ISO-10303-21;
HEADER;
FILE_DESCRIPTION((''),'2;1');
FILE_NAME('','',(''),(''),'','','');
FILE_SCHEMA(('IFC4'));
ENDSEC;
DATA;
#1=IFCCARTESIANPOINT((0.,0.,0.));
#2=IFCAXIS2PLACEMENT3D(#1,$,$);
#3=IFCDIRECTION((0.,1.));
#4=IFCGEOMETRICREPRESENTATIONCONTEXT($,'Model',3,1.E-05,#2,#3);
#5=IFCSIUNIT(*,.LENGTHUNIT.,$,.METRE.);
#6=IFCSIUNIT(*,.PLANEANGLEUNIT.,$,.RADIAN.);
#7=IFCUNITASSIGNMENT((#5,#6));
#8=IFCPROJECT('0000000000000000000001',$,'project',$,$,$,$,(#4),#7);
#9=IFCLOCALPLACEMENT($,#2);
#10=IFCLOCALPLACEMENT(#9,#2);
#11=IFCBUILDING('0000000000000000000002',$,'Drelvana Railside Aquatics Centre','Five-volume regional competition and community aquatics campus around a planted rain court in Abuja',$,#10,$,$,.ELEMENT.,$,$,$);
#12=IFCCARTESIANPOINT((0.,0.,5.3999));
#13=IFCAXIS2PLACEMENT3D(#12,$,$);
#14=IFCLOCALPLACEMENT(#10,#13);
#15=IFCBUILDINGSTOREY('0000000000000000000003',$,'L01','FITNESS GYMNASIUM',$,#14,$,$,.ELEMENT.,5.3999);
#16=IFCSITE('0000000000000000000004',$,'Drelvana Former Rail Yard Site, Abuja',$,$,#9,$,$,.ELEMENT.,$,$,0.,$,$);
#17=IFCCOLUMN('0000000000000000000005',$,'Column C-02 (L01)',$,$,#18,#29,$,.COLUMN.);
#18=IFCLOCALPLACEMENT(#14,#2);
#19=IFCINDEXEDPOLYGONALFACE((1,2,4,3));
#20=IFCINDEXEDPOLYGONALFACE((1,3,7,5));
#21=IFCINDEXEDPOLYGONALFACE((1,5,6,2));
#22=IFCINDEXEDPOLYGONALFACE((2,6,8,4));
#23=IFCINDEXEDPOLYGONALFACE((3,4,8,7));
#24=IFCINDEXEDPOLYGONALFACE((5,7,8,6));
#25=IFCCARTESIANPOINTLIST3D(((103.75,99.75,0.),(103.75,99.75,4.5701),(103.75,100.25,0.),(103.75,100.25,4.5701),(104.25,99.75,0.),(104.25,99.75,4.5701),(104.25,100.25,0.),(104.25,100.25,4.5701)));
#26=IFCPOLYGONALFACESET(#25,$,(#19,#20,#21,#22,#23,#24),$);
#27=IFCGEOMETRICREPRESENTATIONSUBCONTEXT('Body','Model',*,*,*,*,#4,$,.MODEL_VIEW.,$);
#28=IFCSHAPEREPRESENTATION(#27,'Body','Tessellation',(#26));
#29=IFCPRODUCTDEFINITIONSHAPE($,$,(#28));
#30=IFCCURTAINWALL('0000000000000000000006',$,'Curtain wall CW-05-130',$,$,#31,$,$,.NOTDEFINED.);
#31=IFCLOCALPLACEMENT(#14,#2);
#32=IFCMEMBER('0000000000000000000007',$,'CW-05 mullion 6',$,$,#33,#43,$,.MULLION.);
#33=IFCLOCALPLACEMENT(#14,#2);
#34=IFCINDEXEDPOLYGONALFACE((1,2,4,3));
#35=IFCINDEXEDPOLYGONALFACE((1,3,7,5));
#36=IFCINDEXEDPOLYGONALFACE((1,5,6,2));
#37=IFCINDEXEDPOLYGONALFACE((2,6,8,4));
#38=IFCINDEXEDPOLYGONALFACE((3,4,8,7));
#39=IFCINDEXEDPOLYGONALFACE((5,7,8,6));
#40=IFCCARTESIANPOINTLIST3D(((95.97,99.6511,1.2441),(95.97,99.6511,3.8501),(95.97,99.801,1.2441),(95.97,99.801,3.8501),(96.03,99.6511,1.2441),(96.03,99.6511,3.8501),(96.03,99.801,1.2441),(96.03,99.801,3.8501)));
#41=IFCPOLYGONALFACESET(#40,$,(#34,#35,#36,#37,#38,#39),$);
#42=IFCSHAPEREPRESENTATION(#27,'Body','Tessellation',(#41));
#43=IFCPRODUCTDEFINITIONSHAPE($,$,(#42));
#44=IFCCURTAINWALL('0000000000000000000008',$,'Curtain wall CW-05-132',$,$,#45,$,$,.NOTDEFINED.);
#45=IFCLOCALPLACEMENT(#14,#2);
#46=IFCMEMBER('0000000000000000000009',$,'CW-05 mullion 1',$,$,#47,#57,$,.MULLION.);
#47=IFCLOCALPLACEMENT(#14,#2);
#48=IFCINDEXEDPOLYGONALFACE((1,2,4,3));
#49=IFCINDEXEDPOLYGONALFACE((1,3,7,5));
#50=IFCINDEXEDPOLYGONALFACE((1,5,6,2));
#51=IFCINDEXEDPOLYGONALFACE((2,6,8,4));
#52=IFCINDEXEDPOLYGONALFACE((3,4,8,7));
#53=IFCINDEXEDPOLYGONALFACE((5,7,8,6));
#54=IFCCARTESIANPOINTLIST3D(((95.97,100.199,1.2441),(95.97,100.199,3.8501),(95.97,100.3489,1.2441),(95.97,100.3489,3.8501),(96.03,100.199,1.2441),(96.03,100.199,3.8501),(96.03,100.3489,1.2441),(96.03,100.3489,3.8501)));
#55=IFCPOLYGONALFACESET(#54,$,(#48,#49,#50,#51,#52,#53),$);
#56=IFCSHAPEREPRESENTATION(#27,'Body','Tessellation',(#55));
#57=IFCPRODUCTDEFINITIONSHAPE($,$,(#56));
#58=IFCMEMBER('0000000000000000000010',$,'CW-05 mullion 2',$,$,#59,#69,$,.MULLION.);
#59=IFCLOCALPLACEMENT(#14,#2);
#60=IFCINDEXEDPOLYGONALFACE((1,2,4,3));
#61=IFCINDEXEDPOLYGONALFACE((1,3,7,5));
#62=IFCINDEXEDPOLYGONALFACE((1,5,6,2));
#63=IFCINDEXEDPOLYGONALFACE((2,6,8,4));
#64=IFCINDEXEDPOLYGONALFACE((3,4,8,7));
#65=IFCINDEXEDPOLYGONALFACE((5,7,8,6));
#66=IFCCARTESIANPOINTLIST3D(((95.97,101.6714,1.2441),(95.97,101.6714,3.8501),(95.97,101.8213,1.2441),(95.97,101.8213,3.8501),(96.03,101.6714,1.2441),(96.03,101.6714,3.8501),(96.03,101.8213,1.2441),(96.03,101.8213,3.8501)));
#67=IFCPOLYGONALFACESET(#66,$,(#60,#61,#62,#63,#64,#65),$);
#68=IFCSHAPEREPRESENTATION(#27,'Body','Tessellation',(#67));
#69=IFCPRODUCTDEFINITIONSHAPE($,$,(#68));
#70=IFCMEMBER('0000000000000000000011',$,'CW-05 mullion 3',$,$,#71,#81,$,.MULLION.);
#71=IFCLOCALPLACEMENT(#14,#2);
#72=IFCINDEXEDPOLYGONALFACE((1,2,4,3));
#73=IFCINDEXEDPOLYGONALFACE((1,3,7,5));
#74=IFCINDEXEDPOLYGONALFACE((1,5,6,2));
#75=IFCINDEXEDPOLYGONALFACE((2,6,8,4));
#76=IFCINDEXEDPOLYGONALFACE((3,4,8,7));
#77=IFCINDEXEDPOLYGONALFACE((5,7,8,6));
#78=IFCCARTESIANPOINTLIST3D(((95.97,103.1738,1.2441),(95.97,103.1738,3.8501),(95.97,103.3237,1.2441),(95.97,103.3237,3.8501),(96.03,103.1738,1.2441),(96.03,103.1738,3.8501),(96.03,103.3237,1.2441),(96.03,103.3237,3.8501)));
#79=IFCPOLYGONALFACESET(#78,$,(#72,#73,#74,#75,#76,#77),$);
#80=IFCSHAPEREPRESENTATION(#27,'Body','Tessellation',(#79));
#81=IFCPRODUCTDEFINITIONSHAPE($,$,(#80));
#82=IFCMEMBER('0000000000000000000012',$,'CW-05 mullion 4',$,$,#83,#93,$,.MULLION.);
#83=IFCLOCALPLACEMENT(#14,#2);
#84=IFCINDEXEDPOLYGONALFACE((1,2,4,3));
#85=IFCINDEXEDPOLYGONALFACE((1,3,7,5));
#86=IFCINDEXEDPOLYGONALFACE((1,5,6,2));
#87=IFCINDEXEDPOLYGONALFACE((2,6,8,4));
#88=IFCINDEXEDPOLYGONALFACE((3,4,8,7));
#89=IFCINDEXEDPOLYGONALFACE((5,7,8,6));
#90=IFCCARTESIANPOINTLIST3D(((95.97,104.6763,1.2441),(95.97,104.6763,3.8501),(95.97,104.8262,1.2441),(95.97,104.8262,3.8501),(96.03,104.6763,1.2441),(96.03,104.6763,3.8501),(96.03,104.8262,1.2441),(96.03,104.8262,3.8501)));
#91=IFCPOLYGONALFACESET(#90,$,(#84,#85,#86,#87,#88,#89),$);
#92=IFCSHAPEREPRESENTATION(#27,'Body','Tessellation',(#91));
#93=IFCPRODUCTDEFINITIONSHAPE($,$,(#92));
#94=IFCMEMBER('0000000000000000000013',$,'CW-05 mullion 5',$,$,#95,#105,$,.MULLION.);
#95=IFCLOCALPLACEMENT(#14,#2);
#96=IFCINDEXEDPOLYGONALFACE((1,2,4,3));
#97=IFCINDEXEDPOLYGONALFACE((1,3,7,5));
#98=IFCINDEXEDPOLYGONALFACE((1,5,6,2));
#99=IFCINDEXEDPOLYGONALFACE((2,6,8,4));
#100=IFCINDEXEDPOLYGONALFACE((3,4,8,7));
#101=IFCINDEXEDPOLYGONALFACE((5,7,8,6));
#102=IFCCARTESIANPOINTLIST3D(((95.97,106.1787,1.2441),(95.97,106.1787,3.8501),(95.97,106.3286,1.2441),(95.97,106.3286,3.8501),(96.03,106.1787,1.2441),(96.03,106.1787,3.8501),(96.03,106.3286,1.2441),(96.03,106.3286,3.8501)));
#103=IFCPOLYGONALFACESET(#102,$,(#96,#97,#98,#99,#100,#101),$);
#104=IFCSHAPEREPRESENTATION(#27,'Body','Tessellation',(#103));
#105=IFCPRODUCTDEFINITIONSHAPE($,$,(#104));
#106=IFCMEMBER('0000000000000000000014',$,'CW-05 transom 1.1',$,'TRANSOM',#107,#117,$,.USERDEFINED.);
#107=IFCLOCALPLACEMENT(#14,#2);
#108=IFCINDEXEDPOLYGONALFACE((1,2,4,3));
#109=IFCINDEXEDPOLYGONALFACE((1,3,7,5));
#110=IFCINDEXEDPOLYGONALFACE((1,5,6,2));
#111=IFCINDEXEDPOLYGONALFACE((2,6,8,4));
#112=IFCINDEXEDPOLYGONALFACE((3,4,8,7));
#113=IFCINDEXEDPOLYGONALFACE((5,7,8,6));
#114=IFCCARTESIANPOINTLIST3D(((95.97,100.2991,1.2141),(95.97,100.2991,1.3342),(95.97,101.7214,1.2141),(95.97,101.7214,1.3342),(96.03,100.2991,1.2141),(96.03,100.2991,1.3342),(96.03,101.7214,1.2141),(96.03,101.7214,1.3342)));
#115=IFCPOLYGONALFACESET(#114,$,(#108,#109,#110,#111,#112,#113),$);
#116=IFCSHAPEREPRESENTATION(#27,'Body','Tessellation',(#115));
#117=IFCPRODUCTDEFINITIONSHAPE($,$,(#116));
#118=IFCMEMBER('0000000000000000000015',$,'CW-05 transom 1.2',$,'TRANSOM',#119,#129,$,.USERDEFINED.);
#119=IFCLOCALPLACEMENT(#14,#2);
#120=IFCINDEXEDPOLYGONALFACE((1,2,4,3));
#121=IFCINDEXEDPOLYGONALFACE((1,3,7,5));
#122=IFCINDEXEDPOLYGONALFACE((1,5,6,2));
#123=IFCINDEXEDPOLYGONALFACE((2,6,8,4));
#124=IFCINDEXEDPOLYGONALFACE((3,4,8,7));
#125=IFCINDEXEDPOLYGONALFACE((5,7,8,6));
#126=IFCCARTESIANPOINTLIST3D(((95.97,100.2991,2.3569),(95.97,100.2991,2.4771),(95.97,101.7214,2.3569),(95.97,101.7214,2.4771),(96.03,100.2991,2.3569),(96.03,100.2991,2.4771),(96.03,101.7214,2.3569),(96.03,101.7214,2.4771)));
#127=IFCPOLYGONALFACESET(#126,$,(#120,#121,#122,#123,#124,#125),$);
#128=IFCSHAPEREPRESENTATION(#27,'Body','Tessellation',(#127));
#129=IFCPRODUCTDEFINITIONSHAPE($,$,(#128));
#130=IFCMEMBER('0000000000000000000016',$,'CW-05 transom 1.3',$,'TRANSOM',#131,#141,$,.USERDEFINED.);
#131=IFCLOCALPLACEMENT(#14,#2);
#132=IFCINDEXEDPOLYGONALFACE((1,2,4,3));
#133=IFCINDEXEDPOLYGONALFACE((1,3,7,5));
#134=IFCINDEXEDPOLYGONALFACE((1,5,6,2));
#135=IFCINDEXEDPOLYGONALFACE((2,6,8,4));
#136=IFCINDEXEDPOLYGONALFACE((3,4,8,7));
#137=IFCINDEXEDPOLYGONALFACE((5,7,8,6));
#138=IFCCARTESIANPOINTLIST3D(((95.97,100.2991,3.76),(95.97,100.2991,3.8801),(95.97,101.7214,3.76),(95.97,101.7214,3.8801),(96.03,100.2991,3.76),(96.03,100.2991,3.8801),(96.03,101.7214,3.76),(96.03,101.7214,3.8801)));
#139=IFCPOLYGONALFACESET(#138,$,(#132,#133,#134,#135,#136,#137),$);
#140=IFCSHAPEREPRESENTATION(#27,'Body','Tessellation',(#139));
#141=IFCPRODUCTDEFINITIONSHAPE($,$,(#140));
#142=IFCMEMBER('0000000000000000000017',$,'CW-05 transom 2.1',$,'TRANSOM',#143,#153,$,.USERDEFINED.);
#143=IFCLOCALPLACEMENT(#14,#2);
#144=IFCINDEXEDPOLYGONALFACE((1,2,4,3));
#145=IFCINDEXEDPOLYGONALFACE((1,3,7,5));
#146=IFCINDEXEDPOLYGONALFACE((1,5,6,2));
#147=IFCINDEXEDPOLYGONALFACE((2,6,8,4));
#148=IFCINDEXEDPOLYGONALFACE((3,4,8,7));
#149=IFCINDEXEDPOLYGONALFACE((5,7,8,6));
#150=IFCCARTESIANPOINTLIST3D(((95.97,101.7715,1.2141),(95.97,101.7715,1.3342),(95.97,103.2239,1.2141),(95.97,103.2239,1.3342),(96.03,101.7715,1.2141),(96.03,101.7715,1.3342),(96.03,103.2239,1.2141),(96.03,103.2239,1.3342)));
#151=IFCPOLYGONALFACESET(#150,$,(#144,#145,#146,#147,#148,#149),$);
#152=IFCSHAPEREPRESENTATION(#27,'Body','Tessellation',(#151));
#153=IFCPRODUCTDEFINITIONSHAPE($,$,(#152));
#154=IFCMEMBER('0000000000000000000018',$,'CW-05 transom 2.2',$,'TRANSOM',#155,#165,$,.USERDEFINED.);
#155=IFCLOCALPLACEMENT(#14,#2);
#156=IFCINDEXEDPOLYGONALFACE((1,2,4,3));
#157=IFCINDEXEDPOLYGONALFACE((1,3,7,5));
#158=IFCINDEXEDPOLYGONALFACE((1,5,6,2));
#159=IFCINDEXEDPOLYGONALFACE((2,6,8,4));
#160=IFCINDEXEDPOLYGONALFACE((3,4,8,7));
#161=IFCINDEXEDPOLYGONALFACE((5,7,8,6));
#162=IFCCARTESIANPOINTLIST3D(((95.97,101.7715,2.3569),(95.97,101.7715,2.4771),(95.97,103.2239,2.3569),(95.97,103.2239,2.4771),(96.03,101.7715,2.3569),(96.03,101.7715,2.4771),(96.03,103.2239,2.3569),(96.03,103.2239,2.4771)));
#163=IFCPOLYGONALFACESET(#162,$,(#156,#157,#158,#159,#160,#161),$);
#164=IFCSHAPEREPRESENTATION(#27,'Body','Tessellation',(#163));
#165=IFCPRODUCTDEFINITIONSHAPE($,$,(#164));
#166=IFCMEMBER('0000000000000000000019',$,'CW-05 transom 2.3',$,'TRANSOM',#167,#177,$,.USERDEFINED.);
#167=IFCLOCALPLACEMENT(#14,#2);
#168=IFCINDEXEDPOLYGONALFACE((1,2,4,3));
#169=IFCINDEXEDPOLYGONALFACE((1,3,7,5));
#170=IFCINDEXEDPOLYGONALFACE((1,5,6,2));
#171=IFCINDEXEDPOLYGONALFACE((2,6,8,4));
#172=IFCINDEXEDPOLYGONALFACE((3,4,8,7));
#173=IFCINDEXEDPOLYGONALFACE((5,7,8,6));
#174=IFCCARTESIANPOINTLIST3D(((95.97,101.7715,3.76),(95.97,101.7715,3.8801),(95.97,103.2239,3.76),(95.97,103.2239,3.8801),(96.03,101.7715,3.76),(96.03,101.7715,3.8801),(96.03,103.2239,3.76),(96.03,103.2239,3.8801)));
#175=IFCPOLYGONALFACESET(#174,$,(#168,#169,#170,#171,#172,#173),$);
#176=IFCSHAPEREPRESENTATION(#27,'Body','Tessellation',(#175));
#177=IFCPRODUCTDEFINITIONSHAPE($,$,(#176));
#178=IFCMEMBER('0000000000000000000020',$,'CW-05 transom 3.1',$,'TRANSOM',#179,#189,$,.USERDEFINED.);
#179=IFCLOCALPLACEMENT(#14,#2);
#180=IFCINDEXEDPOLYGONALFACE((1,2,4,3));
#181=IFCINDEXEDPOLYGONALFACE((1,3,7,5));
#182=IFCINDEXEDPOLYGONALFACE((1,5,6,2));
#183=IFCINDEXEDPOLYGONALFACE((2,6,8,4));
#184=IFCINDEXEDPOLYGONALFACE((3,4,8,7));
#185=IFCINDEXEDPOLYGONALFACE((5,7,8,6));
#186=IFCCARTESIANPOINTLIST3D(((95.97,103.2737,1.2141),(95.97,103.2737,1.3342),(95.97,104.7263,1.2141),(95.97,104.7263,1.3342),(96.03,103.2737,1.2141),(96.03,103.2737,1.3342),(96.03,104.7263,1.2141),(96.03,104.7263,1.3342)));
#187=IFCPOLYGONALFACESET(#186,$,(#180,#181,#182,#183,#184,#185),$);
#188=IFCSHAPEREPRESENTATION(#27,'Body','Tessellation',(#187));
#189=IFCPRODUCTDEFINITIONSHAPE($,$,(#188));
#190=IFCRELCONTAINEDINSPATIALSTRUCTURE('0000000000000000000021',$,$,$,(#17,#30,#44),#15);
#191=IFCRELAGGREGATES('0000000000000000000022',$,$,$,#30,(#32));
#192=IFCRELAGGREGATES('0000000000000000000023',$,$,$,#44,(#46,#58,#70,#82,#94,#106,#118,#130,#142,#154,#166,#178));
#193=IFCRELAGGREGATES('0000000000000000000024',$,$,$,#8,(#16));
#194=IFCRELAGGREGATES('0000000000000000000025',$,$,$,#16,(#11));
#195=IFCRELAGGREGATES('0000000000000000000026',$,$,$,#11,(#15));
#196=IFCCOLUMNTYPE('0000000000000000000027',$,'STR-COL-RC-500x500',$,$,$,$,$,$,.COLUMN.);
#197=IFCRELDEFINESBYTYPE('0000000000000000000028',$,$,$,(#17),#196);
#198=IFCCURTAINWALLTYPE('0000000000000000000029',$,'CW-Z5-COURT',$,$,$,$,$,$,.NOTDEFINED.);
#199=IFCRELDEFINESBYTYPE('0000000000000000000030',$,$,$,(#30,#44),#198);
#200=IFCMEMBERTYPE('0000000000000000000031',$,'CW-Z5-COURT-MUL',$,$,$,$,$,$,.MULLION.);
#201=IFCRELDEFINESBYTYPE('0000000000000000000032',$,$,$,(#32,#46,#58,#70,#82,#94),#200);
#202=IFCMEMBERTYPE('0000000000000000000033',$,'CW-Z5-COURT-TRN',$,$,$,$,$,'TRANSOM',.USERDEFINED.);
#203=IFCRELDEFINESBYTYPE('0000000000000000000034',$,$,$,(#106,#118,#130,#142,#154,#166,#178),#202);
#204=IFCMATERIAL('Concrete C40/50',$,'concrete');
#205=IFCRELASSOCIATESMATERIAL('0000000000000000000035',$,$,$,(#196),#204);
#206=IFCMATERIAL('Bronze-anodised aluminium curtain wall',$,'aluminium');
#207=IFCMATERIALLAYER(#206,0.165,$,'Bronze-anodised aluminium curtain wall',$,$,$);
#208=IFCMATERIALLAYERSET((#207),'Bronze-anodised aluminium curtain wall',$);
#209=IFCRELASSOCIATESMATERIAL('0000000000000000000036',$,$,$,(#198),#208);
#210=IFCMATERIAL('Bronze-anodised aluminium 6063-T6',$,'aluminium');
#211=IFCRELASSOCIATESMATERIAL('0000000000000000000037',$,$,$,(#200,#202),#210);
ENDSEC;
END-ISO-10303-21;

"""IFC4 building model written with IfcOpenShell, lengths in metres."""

from ifc_helpers import new_model, si_unit, direction, frame, origin, origin_2d, place, context, subcontext, project, spatial, rectangle, extrude, material, layer, layer_set, material_profile, profile_set, type_object, element, aggregate, save


model = new_model("IFC4")

# Units and contexts
model_context = context("Model", 3, precision=1e-05, world=origin(), true_north=direction((0.0, 1.0)))
body_context = subcontext(model_context, "Body", "Model", "MODEL_VIEW")
ifc_project = project(units=[si_unit("LENGTHUNIT", "METRE"), si_unit("PLANEANGLEUNIT", "RADIAN")], contexts=[model_context])

# Site, building, storey
site_placement = place(None, origin())
site = spatial("IfcSite", under=ifc_project, at=site_placement, Name="Drelvana Former Rail Yard Site, Abuja", CompositionType="ELEMENT", RefElevation=0.0)
building_placement = place(site_placement, origin())
building = spatial("IfcBuilding", under=site, at=building_placement, Name="Drelvana Railside Aquatics Centre", Description="Five-volume regional competition and community aquatics campus around a planted rain court in Abuja", CompositionType="ELEMENT")
storey_placement = place(building_placement, frame((0.0, 0.0, 5.3999)))
storey = spatial("IfcBuildingStorey", under=building, at=storey_placement, Name="L01", Description="FITNESS GYMNASIUM", CompositionType="ELEMENT", Elevation=5.3999)

# Column
ifc_material_1 = material(Name="Concrete C40/50", Category="concrete")
ifc_material_profile_1 = material_profile(ifc_material_1, rectangle(XDim=0.5, YDim=0.5, at=origin_2d()), Name="RC 500x500")
ifc_profile_set_1 = profile_set([ifc_material_profile_1], Name="Concrete C40/50")
column_type = type_object("IfcColumnType", Name="STR-COL-RC-500x500", PredefinedType="COLUMN", material=ifc_profile_set_1)
column_placement = place(storey_placement, frame((104.0, 100.0, 0.0), z_axis=(0.0, 0.0, 1.0), x_axis=(1.0, 0.0, 0.0)))
element("IfcColumn", 1, at=column_placement, inside=storey, type_object=column_type, Name="Column C-02 (L01)", PredefinedType="COLUMN", context=body_context, shape_type="SweptSolid", body=[
    extrude(rectangle(XDim=0.5, YDim=0.5, at=origin_2d()), origin(), (0.0, 0.0, 1.0), 4.5701),
])

# Curtain wall, member
ifc_material_2 = material(Name="Bronze-anodised aluminium curtain wall", Category="aluminium")
ifc_layer_1 = layer(ifc_material_2, 0.165, Name="Bronze-anodised aluminium curtain wall")
ifc_layer_set_1 = layer_set([ifc_layer_1], Name="Bronze-anodised aluminium curtain wall")
curtain_wall_type = type_object("IfcCurtainWallType", Name="CW-Z5-COURT", PredefinedType="NOTDEFINED", material=ifc_layer_set_1)
curtain_wall_1_placement = place(storey_placement, origin())
curtain_wall_1 = element("IfcCurtainWall", 2, at=curtain_wall_1_placement, inside=storey, type_object=curtain_wall_type, Name="Curtain wall CW-05-130", PredefinedType="NOTDEFINED")
ifc_material_3 = material(Name="Bronze-anodised aluminium 6063-T6", Category="aluminium")
ifc_material_profile_2 = material_profile(ifc_material_3, rectangle(XDim=0.0601, YDim=0.1499, at=origin_2d()), Name="ALU-M 60x150")
ifc_profile_set_2 = profile_set([ifc_material_profile_2], Name="Bronze-anodised aluminium 6063-T6")
member_type_1 = type_object("IfcMemberType", Name="CW-Z5-COURT-MUL", PredefinedType="MULLION", material=ifc_profile_set_2)
member_1_placement = place(storey_placement, frame((96.0, 99.7261, 1.2441), z_axis=(0.0, 0.0, 1.0), x_axis=(-1.0, 0.0, 0.0)))
member_1 = element("IfcMember", 3, at=member_1_placement, type_object=member_type_1, Name="CW-05 mullion 6", PredefinedType="MULLION", context=body_context, shape_type="SweptSolid", body=[
    extrude(rectangle(XDim=0.0601, YDim=0.1499, at=origin_2d()), origin(), (0.0, 0.0, 1.0), 2.606),
])
aggregate(curtain_wall_1, [member_1])

# Curtain wall, members
curtain_wall_2_placement = place(storey_placement, origin())
curtain_wall_2 = element("IfcCurtainWall", 4, at=curtain_wall_2_placement, inside=storey, type_object=curtain_wall_type, Name="Curtain wall CW-05-132", PredefinedType="NOTDEFINED")
member_2_placement = place(storey_placement, frame((96.0, 100.2739, 1.2441), z_axis=(0.0, 0.0, 1.0), x_axis=(-1.0, 0.0, 0.0)))
member_2 = element("IfcMember", 5, at=member_2_placement, type_object=member_type_1, Name="CW-05 mullion 1", PredefinedType="MULLION", context=body_context, shape_type="SweptSolid", body=[
    extrude(rectangle(XDim=0.0601, YDim=0.1499, at=origin_2d()), origin(), (0.0, 0.0, 1.0), 2.606),
])
member_3_placement = place(storey_placement, frame((96.0, 101.7463, 1.2441), z_axis=(0.0, 0.0, 1.0), x_axis=(-1.0, 0.0, 0.0)))
member_3 = element("IfcMember", 6, at=member_3_placement, type_object=member_type_1, Name="CW-05 mullion 2", PredefinedType="MULLION", context=body_context, shape_type="SweptSolid", body=[
    extrude(rectangle(XDim=0.0601, YDim=0.1499, at=origin_2d()), origin(), (0.0, 0.0, 1.0), 2.606),
])
member_4_placement = place(storey_placement, frame((96.0, 103.2488, 1.2441), z_axis=(0.0, 0.0, 1.0), x_axis=(-1.0, 0.0, 0.0)))
member_4 = element("IfcMember", 7, at=member_4_placement, type_object=member_type_1, Name="CW-05 mullion 3", PredefinedType="MULLION", context=body_context, shape_type="SweptSolid", body=[
    extrude(rectangle(XDim=0.0601, YDim=0.1499, at=origin_2d()), origin(), (0.0, 0.0, 1.0), 2.606),
])
member_5_placement = place(storey_placement, frame((96.0, 104.7512, 1.2441), z_axis=(0.0, 0.0, 1.0), x_axis=(-1.0, 0.0, 0.0)))
member_5 = element("IfcMember", 8, at=member_5_placement, type_object=member_type_1, Name="CW-05 mullion 4", PredefinedType="MULLION", context=body_context, shape_type="SweptSolid", body=[
    extrude(rectangle(XDim=0.0601, YDim=0.1499, at=origin_2d()), origin(), (0.0, 0.0, 1.0), 2.606),
])
member_6_placement = place(storey_placement, frame((96.0, 106.2537, 1.2441), z_axis=(0.0, 0.0, 1.0), x_axis=(-1.0, 0.0, 0.0)))
member_6 = element("IfcMember", 9, at=member_6_placement, type_object=member_type_1, Name="CW-05 mullion 5", PredefinedType="MULLION", context=body_context, shape_type="SweptSolid", body=[
    extrude(rectangle(XDim=0.0601, YDim=0.1499, at=origin_2d()), origin(), (0.0, 0.0, 1.0), 2.606),
])
ifc_material_profile_3 = material_profile(ifc_material_3, rectangle(XDim=0.1201, YDim=0.0601, at=origin_2d()), Name="ALU-T 60x120")
ifc_profile_set_3 = profile_set([ifc_material_profile_3], Name="Bronze-anodised aluminium 6063-T6")
member_type_2 = type_object("IfcMemberType", Name="CW-Z5-COURT-TRN", ElementType="TRANSOM", PredefinedType="USERDEFINED", material=ifc_profile_set_3)
member_7_placement = place(storey_placement, frame((96.0, 100.2991, 1.2742), z_axis=(0.0, 1.0, 0.0), x_axis=(0.0, 0.0, 1.0)))
member_7 = element("IfcMember", 10, at=member_7_placement, type_object=member_type_2, Name="CW-05 transom 1.1", ObjectType="TRANSOM", PredefinedType="USERDEFINED", context=body_context, shape_type="SweptSolid", body=[
    extrude(rectangle(XDim=0.1201, YDim=0.0601, at=origin_2d()), origin(), (0.0, 0.0, 1.0), 1.4224),
])
member_8_placement = place(storey_placement, frame((96.0, 100.2991, 2.417), z_axis=(0.0, 1.0, 0.0), x_axis=(0.0, 0.0, 1.0)))
member_8 = element("IfcMember", 11, at=member_8_placement, type_object=member_type_2, Name="CW-05 transom 1.2", ObjectType="TRANSOM", PredefinedType="USERDEFINED", context=body_context, shape_type="SweptSolid", body=[
    extrude(rectangle(XDim=0.1201, YDim=0.0601, at=origin_2d()), origin(), (0.0, 0.0, 1.0), 1.4224),
])
member_9_placement = place(storey_placement, frame((96.0, 100.2991, 3.8201), z_axis=(0.0, 1.0, 0.0), x_axis=(0.0, 0.0, 1.0)))
member_9 = element("IfcMember", 12, at=member_9_placement, type_object=member_type_2, Name="CW-05 transom 1.3", ObjectType="TRANSOM", PredefinedType="USERDEFINED", context=body_context, shape_type="SweptSolid", body=[
    extrude(rectangle(XDim=0.1201, YDim=0.0601, at=origin_2d()), origin(), (0.0, 0.0, 1.0), 1.4224),
])
member_10_placement = place(storey_placement, frame((96.0, 101.7715, 1.2742), z_axis=(0.0, 1.0, 0.0), x_axis=(0.0, 0.0, 1.0)))
member_10 = element("IfcMember", 13, at=member_10_placement, type_object=member_type_2, Name="CW-05 transom 2.1", ObjectType="TRANSOM", PredefinedType="USERDEFINED", context=body_context, shape_type="SweptSolid", body=[
    extrude(rectangle(XDim=0.1201, YDim=0.0601, at=origin_2d()), origin(), (0.0, 0.0, 1.0), 1.4524),
])
member_11_placement = place(storey_placement, frame((96.0, 101.7715, 2.417), z_axis=(0.0, 1.0, 0.0), x_axis=(0.0, 0.0, 1.0)))
member_11 = element("IfcMember", 14, at=member_11_placement, type_object=member_type_2, Name="CW-05 transom 2.2", ObjectType="TRANSOM", PredefinedType="USERDEFINED", context=body_context, shape_type="SweptSolid", body=[
    extrude(rectangle(XDim=0.1201, YDim=0.0601, at=origin_2d()), origin(), (0.0, 0.0, 1.0), 1.4524),
])
member_12_placement = place(storey_placement, frame((96.0, 101.7715, 3.8201), z_axis=(0.0, 1.0, 0.0), x_axis=(0.0, 0.0, 1.0)))
member_12 = element("IfcMember", 15, at=member_12_placement, type_object=member_type_2, Name="CW-05 transom 2.3", ObjectType="TRANSOM", PredefinedType="USERDEFINED", context=body_context, shape_type="SweptSolid", body=[
    extrude(rectangle(XDim=0.1201, YDim=0.0601, at=origin_2d()), origin(), (0.0, 0.0, 1.0), 1.4524),
])
member_13_placement = place(storey_placement, frame((96.0, 103.2737, 1.2742), z_axis=(0.0, 1.0, 0.0), x_axis=(0.0, 0.0, 1.0)))
member_13 = element("IfcMember", 16, at=member_13_placement, type_object=member_type_2, Name="CW-05 transom 3.1", ObjectType="TRANSOM", PredefinedType="USERDEFINED", context=body_context, shape_type="SweptSolid", body=[
    extrude(rectangle(XDim=0.1201, YDim=0.0601, at=origin_2d()), origin(), (0.0, 0.0, 1.0), 1.4526),
])

aggregate(curtain_wall_2, [member_2, member_3, member_4, member_5, member_6, member_7, member_8, member_9, member_10, member_11, member_12, member_13])

save(model, "model.ifc")
